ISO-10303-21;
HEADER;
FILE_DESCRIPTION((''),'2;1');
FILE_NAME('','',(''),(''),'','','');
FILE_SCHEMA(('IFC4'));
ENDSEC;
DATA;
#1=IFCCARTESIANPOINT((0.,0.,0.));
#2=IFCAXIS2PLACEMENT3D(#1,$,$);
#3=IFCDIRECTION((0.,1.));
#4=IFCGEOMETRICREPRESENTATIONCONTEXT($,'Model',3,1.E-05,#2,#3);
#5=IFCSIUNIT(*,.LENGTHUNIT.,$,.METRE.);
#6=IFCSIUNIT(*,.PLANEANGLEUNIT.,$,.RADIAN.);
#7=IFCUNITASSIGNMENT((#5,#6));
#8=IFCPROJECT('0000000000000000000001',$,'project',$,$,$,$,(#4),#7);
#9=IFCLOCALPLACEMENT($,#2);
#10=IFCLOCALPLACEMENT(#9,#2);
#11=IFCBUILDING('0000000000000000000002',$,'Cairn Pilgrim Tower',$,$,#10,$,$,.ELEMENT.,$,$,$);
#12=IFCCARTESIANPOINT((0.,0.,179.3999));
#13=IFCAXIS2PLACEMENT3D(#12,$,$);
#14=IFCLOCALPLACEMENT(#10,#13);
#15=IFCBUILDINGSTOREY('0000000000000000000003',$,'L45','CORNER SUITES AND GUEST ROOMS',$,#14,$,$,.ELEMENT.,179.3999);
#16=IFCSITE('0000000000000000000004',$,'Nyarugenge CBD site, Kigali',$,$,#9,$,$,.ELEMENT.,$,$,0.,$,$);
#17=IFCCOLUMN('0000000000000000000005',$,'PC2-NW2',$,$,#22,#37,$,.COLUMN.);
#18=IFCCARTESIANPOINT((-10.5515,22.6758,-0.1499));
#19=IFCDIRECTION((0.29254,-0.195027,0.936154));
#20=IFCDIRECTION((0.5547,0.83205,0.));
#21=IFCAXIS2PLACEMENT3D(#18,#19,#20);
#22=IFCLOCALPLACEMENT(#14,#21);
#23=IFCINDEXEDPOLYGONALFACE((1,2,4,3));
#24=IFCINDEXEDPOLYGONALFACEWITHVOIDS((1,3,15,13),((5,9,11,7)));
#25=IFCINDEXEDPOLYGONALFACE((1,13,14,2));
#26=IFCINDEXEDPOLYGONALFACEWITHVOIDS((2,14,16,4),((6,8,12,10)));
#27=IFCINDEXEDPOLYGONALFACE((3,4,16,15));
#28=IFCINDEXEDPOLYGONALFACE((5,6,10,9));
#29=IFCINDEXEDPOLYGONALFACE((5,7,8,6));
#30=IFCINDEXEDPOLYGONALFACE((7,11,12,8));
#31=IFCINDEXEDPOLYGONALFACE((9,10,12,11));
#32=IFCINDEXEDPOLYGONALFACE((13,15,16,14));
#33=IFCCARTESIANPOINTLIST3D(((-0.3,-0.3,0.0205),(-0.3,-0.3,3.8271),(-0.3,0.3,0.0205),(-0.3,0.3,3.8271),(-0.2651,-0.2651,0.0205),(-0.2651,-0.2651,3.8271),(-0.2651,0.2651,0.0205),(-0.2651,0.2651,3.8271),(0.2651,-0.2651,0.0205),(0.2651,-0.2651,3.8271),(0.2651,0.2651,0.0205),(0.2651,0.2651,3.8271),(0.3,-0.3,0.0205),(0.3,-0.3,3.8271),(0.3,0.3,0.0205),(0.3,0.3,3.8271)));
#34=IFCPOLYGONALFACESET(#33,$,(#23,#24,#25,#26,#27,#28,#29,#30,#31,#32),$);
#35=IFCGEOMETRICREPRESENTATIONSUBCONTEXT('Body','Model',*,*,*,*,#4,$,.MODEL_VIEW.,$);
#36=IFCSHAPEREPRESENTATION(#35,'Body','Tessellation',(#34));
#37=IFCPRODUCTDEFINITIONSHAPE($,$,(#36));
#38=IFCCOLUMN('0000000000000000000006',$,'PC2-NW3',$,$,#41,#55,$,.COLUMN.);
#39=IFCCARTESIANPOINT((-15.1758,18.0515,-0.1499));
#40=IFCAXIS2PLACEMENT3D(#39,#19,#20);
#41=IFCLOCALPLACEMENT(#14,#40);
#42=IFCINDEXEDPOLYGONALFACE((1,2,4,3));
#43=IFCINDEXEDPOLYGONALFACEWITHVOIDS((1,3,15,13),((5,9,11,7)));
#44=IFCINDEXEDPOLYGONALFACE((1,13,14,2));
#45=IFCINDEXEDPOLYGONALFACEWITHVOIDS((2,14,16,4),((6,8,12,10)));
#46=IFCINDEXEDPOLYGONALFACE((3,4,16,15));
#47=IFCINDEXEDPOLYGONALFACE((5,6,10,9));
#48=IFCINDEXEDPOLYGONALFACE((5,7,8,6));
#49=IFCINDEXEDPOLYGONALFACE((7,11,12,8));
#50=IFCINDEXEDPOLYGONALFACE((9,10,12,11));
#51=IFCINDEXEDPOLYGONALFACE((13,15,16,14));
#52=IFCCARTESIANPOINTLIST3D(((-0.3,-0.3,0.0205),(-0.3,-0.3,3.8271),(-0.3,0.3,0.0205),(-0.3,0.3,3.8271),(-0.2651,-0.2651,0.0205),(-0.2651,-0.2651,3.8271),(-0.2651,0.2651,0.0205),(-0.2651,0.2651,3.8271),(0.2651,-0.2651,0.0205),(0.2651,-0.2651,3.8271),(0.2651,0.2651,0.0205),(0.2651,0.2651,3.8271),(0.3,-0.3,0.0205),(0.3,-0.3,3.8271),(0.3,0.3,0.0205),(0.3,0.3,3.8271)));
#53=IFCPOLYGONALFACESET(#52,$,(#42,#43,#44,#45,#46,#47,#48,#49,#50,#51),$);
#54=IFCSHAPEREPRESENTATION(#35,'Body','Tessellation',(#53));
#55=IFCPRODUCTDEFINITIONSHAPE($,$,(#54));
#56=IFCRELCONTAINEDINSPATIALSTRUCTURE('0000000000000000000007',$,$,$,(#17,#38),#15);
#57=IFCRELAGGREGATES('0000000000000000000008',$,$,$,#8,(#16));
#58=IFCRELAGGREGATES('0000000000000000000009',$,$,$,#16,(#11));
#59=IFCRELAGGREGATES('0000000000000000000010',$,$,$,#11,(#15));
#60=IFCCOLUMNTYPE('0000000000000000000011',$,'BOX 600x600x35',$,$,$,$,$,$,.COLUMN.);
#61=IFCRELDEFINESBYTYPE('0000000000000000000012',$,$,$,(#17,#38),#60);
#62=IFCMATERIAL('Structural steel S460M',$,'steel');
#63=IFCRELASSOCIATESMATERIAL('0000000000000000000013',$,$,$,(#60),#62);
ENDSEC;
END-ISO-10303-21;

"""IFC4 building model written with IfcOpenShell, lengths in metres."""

from ifc_helpers import new_model, si_unit, direction, frame, origin, origin_2d, place, context, subcontext, project, spatial, hollow_rectangle, extrude, clip, halfspace, material, material_profile, profile_set, type_object, element, save


model = new_model("IFC4")

# Units and contexts
model_context = context("Model", 3, precision=1e-05, world=origin(), true_north=direction((0.0, 1.0)))
body_context = subcontext(model_context, "Body", "Model", "MODEL_VIEW")
ifc_project = project(units=[si_unit("LENGTHUNIT", "METRE"), si_unit("PLANEANGLEUNIT", "RADIAN")], contexts=[model_context])

# Site, building, storey
site_placement = place(None, origin())
site = spatial("IfcSite", under=ifc_project, at=site_placement, Name="Nyarugenge CBD site, Kigali", CompositionType="ELEMENT", RefElevation=0.0)
building_placement = place(site_placement, origin())
building = spatial("IfcBuilding", under=site, at=building_placement, Name="Cairn Pilgrim Tower", CompositionType="ELEMENT")
storey_placement = place(building_placement, frame((0.0, 0.0, 179.3999)))
storey = spatial("IfcBuildingStorey", under=building, at=storey_placement, Name="L45", Description="CORNER SUITES AND GUEST ROOMS", CompositionType="ELEMENT", Elevation=179.3999)

# Columns
ifc_material_1 = material(Name="Structural steel S460M", Category="steel")
ifc_material_profile_1 = material_profile(ifc_material_1, hollow_rectangle(XDim=0.6001, YDim=0.6001, WallThickness=0.0349, at=origin_2d()), Name="BOX 600x600x35")
ifc_profile_set_1 = profile_set([ifc_material_profile_1], Name="Structural steel S460M")
column_type = type_object("IfcColumnType", Name="BOX 600x600x35", PredefinedType="COLUMN", material=ifc_profile_set_1)
for number, where, z_axis, x_axis, name in (
    (1, (-10.5515, 22.6758, -0.1499), (0.29254, -0.195027, 0.936154), (0.5547, 0.83205, 0.0), "PC2-NW2"),
    (2, (-15.1758, 18.0515, -0.1499), (0.29254, -0.195027, 0.936154), (0.5547, 0.83205, 0.0), "PC2-NW3"),
):
    element("IfcColumn", number, at=place(storey_placement, frame(where, z_axis=z_axis, x_axis=x_axis)), inside=storey, type_object=column_type, Name=name, PredefinedType="COLUMN", context=body_context, shape_type="Clipping", body=[
        clip(clip(extrude(hollow_rectangle(XDim=0.6001, YDim=0.6001, WallThickness=0.0349, at=origin_2d()), origin(), (0.0, 0.0, 1.0), 3.8457), halfspace(frame((0.0, 0.0, 0.0205), z_axis=(0.0, 0.0, 1.0), x_axis=(1.0, 0.0, 0.0)), True)), halfspace(frame((0.0, 0.0, 3.8271), z_axis=(0.0, 0.0, 1.0), x_axis=(1.0, 0.0, 0.0)), False)),
    ])

save(model, "model.ifc")
